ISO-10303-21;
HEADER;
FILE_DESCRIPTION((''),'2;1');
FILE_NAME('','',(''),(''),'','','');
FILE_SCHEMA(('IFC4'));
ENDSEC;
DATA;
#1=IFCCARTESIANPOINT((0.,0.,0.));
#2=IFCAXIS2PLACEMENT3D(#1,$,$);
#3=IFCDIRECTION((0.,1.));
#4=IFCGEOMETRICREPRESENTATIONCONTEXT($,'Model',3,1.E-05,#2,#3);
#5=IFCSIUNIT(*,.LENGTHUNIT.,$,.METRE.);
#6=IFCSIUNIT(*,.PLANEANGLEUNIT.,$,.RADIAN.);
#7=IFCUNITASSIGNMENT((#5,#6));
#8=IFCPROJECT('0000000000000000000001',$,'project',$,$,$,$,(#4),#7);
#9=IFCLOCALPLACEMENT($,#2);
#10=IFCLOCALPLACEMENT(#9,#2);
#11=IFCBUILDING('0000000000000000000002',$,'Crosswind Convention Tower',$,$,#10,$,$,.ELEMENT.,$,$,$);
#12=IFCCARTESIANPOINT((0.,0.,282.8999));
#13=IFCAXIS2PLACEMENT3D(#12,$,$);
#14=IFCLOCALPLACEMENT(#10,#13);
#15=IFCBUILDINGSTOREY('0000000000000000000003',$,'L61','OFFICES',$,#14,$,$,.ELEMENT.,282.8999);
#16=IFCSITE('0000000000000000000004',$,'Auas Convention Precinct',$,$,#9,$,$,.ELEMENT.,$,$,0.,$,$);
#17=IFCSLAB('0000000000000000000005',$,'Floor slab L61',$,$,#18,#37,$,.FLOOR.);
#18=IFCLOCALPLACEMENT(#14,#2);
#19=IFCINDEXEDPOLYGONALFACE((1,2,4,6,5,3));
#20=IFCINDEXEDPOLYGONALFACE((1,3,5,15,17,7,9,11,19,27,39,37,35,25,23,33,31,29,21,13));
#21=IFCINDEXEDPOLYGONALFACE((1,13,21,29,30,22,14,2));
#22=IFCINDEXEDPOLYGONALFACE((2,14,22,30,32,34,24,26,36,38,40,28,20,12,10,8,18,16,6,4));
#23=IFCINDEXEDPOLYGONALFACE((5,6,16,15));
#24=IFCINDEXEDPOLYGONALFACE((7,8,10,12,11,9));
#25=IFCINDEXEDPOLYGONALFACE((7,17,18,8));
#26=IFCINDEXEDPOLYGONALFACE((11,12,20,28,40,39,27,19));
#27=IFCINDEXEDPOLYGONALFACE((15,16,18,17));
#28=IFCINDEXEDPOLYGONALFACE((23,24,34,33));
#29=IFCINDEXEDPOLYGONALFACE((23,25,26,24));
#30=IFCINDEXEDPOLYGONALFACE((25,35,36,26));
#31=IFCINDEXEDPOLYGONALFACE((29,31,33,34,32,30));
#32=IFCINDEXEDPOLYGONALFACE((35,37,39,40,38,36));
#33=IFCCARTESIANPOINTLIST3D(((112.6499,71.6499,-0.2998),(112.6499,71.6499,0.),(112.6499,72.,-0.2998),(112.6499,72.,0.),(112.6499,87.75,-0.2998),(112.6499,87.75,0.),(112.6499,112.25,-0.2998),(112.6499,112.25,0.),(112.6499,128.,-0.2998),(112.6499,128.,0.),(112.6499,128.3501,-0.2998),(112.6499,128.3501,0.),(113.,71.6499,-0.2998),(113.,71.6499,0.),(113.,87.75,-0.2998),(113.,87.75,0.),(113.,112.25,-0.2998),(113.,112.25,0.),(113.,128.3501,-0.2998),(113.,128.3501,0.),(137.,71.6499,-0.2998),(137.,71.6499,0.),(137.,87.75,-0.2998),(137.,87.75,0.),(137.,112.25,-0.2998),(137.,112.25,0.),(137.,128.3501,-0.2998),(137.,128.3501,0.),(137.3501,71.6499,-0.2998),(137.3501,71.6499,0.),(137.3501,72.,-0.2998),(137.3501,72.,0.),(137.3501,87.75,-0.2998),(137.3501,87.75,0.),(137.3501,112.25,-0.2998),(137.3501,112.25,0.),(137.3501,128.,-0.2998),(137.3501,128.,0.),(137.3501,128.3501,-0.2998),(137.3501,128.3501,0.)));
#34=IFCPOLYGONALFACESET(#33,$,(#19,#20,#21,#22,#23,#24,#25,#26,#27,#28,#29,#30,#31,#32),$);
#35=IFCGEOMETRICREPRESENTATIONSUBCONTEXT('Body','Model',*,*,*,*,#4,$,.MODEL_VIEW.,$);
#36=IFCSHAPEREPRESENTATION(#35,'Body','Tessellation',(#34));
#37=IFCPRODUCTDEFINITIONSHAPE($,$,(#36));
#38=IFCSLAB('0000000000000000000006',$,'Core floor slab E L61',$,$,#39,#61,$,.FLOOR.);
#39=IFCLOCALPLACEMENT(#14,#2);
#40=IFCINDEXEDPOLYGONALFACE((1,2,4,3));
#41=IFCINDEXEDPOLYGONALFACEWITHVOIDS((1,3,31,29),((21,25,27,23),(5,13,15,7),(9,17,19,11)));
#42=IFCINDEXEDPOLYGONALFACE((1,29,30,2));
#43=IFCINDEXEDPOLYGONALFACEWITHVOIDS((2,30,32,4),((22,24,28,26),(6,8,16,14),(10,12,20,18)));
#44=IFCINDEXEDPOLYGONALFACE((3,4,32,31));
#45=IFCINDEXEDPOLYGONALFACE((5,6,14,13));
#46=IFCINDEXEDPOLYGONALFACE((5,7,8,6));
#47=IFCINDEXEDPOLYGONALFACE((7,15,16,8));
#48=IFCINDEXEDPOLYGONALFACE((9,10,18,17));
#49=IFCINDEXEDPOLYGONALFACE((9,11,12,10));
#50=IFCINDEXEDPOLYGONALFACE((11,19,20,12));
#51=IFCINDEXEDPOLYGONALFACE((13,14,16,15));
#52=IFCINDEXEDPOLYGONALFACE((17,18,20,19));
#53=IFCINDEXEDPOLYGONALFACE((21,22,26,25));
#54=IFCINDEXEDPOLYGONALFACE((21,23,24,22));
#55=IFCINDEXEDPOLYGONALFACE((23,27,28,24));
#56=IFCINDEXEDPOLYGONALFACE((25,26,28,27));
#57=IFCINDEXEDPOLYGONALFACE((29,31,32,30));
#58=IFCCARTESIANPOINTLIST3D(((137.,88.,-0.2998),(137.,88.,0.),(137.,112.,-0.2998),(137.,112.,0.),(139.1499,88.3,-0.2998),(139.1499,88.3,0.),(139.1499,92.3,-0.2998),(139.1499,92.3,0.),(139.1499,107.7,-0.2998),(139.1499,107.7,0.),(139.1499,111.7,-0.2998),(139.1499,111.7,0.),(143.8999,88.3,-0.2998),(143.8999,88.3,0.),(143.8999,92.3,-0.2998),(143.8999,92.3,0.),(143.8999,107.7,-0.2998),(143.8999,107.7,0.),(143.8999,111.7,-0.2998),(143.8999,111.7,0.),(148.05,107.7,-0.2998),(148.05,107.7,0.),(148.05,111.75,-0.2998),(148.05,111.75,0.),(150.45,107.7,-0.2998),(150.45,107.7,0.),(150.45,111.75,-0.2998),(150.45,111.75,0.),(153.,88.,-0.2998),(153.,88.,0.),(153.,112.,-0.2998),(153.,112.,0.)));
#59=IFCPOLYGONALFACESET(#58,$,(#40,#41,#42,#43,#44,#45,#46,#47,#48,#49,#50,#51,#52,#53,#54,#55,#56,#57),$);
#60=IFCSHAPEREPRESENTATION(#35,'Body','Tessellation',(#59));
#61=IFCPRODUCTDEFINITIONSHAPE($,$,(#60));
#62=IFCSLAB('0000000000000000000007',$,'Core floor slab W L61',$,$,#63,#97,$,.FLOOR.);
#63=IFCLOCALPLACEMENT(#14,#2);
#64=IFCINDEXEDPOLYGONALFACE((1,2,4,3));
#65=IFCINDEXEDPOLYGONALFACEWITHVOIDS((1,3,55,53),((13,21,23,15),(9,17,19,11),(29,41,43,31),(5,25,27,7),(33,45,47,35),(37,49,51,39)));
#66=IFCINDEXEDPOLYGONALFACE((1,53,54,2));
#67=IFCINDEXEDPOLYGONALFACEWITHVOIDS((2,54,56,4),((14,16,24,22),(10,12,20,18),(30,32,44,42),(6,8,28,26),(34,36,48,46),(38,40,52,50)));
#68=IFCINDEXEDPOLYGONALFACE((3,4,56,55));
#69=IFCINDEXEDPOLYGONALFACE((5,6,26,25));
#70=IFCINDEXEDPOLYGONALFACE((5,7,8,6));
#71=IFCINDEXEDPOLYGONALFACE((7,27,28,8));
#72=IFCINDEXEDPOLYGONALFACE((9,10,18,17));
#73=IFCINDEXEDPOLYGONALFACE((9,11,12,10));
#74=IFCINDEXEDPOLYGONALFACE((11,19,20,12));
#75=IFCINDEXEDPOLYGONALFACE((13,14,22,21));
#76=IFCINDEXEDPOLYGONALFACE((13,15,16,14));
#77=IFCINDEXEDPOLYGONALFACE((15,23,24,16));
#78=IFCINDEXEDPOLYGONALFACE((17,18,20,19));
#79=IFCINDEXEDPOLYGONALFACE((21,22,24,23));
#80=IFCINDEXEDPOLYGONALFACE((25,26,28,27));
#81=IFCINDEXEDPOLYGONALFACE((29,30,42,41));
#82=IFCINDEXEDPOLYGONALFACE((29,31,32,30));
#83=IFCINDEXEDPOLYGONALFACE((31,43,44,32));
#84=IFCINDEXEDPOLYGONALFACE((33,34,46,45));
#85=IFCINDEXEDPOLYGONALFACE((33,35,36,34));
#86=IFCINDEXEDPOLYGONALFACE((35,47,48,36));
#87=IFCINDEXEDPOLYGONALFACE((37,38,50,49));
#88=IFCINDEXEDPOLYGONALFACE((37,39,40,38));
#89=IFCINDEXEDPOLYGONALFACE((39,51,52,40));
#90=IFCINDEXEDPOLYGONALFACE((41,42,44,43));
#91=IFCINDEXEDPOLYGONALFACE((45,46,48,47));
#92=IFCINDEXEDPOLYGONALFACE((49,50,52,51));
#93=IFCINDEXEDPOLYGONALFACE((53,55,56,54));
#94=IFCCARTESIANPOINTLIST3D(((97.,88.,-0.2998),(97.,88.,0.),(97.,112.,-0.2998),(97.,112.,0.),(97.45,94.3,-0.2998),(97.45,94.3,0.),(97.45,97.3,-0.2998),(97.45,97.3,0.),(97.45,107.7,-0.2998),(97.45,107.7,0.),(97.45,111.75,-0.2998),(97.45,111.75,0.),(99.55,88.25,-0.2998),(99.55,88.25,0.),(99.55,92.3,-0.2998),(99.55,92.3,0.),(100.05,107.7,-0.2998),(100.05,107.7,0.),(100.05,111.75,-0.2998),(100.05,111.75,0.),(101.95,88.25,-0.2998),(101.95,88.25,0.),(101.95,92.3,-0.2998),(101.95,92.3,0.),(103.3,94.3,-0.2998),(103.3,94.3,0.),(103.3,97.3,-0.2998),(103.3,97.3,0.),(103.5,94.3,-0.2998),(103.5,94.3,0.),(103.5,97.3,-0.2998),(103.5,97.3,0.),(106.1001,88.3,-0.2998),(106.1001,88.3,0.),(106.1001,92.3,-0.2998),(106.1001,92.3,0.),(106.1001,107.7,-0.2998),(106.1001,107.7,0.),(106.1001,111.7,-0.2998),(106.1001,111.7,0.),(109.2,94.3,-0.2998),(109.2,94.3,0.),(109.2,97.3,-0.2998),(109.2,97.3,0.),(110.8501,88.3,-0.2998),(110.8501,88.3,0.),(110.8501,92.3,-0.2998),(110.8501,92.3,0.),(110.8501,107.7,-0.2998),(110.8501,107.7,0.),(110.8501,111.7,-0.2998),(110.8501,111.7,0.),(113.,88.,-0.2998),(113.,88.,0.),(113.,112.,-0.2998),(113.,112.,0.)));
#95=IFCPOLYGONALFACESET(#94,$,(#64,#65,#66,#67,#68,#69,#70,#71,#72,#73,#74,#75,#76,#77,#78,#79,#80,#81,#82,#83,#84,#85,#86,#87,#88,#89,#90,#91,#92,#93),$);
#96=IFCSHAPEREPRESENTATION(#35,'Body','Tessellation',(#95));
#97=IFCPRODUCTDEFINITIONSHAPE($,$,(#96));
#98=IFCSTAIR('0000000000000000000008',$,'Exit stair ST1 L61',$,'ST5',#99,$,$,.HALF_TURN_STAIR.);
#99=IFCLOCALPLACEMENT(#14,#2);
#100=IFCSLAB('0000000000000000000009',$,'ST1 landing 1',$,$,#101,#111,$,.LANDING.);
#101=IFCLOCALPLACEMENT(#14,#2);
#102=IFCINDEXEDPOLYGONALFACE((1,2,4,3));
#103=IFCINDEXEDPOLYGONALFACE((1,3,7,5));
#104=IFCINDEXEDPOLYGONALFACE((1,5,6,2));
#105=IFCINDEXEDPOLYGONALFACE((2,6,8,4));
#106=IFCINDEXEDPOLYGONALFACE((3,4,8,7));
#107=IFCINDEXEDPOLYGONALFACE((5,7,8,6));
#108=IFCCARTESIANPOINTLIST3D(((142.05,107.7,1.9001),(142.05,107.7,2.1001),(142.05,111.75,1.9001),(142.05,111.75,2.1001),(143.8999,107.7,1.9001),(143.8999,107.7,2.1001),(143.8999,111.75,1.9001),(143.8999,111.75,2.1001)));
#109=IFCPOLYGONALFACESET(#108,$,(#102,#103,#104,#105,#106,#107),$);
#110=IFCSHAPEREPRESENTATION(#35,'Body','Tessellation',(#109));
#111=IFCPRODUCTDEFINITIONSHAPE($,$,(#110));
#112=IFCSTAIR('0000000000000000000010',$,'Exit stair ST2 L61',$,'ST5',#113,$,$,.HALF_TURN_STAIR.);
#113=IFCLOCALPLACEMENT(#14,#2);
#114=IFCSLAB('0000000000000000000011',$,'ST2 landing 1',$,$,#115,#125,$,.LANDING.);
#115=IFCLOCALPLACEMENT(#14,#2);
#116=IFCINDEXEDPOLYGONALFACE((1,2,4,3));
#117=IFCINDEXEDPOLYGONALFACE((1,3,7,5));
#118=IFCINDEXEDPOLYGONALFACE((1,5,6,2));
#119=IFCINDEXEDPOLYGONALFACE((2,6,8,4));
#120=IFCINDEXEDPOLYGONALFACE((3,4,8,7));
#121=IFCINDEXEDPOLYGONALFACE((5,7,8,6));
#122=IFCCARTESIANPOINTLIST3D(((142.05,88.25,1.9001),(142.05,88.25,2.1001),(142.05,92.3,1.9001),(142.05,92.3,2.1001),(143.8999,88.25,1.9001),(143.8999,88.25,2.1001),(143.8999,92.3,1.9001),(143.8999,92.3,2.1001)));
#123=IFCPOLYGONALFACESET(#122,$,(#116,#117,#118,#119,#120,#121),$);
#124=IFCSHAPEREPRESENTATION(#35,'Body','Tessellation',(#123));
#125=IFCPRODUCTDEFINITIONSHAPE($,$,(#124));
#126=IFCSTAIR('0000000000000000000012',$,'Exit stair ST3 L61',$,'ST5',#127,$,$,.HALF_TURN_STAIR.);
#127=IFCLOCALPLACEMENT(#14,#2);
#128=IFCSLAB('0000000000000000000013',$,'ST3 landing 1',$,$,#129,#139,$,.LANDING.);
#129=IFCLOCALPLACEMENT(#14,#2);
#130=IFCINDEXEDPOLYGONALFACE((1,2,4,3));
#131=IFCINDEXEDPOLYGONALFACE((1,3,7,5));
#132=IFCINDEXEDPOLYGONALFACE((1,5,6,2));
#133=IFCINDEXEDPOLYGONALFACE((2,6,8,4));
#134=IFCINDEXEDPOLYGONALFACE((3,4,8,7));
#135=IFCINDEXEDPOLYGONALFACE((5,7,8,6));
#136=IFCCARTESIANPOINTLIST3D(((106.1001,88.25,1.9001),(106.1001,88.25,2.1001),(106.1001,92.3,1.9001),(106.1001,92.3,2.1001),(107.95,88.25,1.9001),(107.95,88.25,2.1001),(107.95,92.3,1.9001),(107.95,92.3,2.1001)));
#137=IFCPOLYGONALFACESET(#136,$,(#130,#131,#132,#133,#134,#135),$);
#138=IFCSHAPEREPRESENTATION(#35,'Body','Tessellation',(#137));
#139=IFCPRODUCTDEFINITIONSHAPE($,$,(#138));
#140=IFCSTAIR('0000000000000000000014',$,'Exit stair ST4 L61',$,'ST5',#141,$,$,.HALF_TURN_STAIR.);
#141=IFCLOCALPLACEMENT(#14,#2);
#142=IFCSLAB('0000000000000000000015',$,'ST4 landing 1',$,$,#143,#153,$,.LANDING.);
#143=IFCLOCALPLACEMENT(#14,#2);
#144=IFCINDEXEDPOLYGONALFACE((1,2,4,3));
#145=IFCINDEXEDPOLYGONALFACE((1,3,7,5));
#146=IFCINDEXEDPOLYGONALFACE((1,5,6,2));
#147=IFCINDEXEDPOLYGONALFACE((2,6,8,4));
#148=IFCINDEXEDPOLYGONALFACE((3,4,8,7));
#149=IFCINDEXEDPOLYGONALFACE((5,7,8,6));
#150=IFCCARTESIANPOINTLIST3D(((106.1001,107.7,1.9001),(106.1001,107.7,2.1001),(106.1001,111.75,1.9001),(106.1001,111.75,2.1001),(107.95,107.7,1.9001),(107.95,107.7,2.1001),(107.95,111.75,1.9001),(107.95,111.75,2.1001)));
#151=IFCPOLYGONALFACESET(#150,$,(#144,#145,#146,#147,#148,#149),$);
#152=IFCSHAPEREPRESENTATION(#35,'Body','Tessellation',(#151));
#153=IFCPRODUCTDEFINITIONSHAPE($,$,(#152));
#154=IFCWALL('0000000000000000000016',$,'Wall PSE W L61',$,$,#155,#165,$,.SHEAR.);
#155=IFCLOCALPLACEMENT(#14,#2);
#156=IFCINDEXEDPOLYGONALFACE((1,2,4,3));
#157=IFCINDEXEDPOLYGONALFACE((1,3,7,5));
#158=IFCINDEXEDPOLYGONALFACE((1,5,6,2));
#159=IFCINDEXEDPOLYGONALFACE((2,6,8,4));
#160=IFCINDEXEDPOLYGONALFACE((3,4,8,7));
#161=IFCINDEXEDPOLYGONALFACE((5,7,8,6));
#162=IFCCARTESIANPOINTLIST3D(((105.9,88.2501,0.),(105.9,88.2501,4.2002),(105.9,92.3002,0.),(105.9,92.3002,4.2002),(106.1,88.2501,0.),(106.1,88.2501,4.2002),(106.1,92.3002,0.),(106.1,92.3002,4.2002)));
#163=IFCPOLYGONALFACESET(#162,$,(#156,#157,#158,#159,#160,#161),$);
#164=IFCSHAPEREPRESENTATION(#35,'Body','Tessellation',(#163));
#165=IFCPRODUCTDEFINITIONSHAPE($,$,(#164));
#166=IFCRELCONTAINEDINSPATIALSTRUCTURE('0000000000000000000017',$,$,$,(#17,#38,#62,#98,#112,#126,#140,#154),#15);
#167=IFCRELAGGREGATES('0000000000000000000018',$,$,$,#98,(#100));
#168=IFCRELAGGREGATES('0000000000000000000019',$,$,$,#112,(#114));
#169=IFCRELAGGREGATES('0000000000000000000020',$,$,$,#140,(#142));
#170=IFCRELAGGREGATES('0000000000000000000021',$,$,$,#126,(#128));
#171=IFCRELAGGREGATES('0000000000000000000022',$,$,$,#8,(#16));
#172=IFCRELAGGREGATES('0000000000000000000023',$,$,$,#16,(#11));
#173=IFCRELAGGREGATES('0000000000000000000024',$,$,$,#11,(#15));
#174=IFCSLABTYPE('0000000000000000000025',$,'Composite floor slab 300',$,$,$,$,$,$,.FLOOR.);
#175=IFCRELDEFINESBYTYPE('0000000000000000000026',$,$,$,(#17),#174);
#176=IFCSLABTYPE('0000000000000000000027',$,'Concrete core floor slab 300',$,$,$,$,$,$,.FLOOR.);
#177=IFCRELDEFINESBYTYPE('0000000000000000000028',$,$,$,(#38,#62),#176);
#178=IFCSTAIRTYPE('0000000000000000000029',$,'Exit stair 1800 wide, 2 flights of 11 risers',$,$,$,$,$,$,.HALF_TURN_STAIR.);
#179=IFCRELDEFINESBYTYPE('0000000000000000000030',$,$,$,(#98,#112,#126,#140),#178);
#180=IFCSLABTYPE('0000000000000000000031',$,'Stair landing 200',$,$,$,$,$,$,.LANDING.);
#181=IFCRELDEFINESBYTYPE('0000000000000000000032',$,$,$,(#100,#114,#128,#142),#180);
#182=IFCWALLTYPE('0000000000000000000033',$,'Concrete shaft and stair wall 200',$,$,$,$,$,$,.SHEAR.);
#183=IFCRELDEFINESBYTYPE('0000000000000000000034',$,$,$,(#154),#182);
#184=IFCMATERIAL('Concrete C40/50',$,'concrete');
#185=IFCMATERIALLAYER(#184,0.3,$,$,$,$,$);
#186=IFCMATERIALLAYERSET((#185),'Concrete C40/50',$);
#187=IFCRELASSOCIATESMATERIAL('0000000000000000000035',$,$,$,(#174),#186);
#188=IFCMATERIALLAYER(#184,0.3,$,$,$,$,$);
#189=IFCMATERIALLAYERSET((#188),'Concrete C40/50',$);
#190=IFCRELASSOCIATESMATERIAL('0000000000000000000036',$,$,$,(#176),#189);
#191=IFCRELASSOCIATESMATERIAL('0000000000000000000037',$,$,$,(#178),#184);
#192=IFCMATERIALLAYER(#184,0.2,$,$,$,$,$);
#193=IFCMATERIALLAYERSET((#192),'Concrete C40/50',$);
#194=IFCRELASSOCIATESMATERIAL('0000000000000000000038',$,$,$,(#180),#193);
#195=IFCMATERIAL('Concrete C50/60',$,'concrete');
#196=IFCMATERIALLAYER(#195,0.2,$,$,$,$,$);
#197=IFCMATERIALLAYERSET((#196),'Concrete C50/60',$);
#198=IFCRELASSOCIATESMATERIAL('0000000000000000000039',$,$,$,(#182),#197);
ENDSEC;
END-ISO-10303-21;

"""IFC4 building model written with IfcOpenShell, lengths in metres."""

from ifc_helpers import new_model, si_unit, direction, frame, frame_2d, origin, place, context, subcontext, project, spatial, polyline, rectangle, outline, extrude, material, layer, layer_set, type_object, element, aggregate, save


model = new_model("IFC4")

# Units and contexts
model_context = context("Model", 3, precision=1e-05, world=origin(), true_north=direction((0.0, 1.0)))
body_context = subcontext(model_context, "Body", "Model", "MODEL_VIEW")
ifc_project = project(units=[si_unit("LENGTHUNIT", "METRE"), si_unit("PLANEANGLEUNIT", "RADIAN")], contexts=[model_context])

# Site, building, storey
site_placement = place(None, origin())
site = spatial("IfcSite", under=ifc_project, at=site_placement, Name="Auas Convention Precinct", CompositionType="ELEMENT", RefElevation=0.0)
building_placement = place(site_placement, origin())
building = spatial("IfcBuilding", under=site, at=building_placement, Name="Crosswind Convention Tower", CompositionType="ELEMENT")
storey_placement = place(building_placement, frame((0.0, 0.0, 282.8999)))
storey = spatial("IfcBuildingStorey", under=building, at=storey_placement, Name="L61", Description="OFFICES", CompositionType="ELEMENT", Elevation=282.8999)

# Slabs
ifc_material_1 = material(Name="Concrete C40/50", Category="concrete")
ifc_layer_1 = layer(ifc_material_1, 0.3)
ifc_layer_set_1 = layer_set([ifc_layer_1], Name="Concrete C40/50")
slab_type_1 = type_object("IfcSlabType", Name="Composite floor slab 300", PredefinedType="FLOOR", material=ifc_layer_set_1)
slab_1_placement = place(storey_placement, frame((0.0, 0.0, -0.2998)))
element("IfcSlab", 1, at=slab_1_placement, inside=storey, type_object=slab_type_1, Name="Floor slab L61", PredefinedType="FLOOR", context=body_context, shape_type="SweptSolid", body=[
    extrude(outline(polyline([(137.3501, 71.6499), (137.0, 71.6499), (113.0, 71.6499), (112.6499, 71.6499), (112.6499, 72.0), (112.6499, 87.75), (113.0, 87.75), (113.0, 112.25), (112.6499, 112.25), (112.6499, 128.0), (112.6499, 128.3501), (113.0, 128.3501), (137.0, 128.3501), (137.3501, 128.3501), (137.3501, 128.0), (137.3501, 112.25), (137.0, 112.25), (137.0, 87.75), (137.3501, 87.75), (137.3501, 72.0), (137.3501, 71.6499)])), origin(), (0.0, 0.0, 1.0), 0.2998),
])
ifc_layer_2 = layer(ifc_material_1, 0.3)
ifc_layer_set_2 = layer_set([ifc_layer_2], Name="Concrete C40/50")
slab_type_2 = type_object("IfcSlabType", Name="Concrete core floor slab 300", PredefinedType="FLOOR", material=ifc_layer_set_2)
slab_2_placement = place(storey_placement, frame((0.0, 0.0, -0.2998)))
element("IfcSlab", 2, at=slab_2_placement, inside=storey, type_object=slab_type_2, Name="Core floor slab E L61", PredefinedType="FLOOR", context=body_context, shape_type="SweptSolid", body=[
    extrude(outline(polyline([(137.0, 88.0), (153.0, 88.0), (153.0, 112.0), (137.0, 112.0), (137.0, 88.0)]), holes=[polyline([(150.45, 107.7), (150.45, 111.75), (148.05, 111.75), (148.05, 107.7), (150.45, 107.7)]), polyline([(143.8999, 107.7), (143.8999, 111.7), (139.1499, 111.7), (139.1499, 107.7), (143.8999, 107.7)]), polyline([(143.8999, 88.3), (143.8999, 92.3), (139.1499, 92.3), (139.1499, 88.3), (143.8999, 88.3)])]), origin(), (0.0, 0.0, 1.0), 0.2998),
])
slab_3_placement = place(storey_placement, frame((0.0, 0.0, -0.2998)))
element("IfcSlab", 3, at=slab_3_placement, inside=storey, type_object=slab_type_2, Name="Core floor slab W L61", PredefinedType="FLOOR", context=body_context, shape_type="SweptSolid", body=[
    extrude(outline(polyline([(97.0, 88.0), (113.0, 88.0), (113.0, 112.0), (97.0, 112.0), (97.0, 88.0)]), holes=[polyline([(109.2, 94.3), (109.2, 97.3), (103.5, 97.3), (103.5, 94.3), (109.2, 94.3)]), polyline([(103.3, 94.3), (103.3, 97.3), (97.45, 97.3), (97.45, 94.3), (103.3, 94.3)]), polyline([(101.95, 88.25), (101.95, 92.3), (99.55, 92.3), (99.55, 88.25), (101.95, 88.25)]), polyline([(100.05, 107.7), (100.05, 111.75), (97.45, 111.75), (97.45, 107.7), (100.05, 107.7)]), polyline([(110.8501, 88.3), (110.8501, 92.3), (106.1001, 92.3), (106.1001, 88.3), (110.8501, 88.3)]), polyline([(110.8501, 107.7), (110.8501, 111.7), (106.1001, 111.7), (106.1001, 107.7), (110.8501, 107.7)])]), origin(), (0.0, 0.0, 1.0), 0.2998),
])

# Stairs, slabs
stair_type = type_object("IfcStairType", Name="Exit stair 1800 wide, 2 flights of 11 risers", PredefinedType="HALF_TURN_STAIR", material=ifc_material_1)
stair_1_placement = place(storey_placement, origin())
stair_1 = element("IfcStair", 4, at=stair_1_placement, inside=storey, type_object=stair_type, Name="Exit stair ST1 L61", ObjectType="ST5", PredefinedType="HALF_TURN_STAIR")
ifc_layer_3 = layer(ifc_material_1, 0.2)
ifc_layer_set_3 = layer_set([ifc_layer_3], Name="Concrete C40/50")
slab_type_3 = type_object("IfcSlabType", Name="Stair landing 200", PredefinedType="LANDING", material=ifc_layer_set_3)
slab_4_placement = place(storey_placement, frame((0.0, 0.0, 1.9001)))
slab_4 = element("IfcSlab", 5, at=slab_4_placement, type_object=slab_type_3, Name="ST1 landing 1", PredefinedType="LANDING", context=body_context, shape_type="SweptSolid", body=[
    extrude(outline(polyline([(143.8999, 107.7), (143.8999, 111.75), (142.05, 111.75), (142.05, 107.7), (143.8999, 107.7)])), origin(), (0.0, 0.0, 1.0), 0.2),
])
aggregate(stair_1, [slab_4])
stair_2_placement = place(storey_placement, origin())
stair_2 = element("IfcStair", 6, at=stair_2_placement, inside=storey, type_object=stair_type, Name="Exit stair ST2 L61", ObjectType="ST5", PredefinedType="HALF_TURN_STAIR")
slab_5_placement = place(storey_placement, frame((0.0, 0.0, 1.9001)))
slab_5 = element("IfcSlab", 7, at=slab_5_placement, type_object=slab_type_3, Name="ST2 landing 1", PredefinedType="LANDING", context=body_context, shape_type="SweptSolid", body=[
    extrude(outline(polyline([(143.8999, 88.25), (143.8999, 92.3), (142.05, 92.3), (142.05, 88.25), (143.8999, 88.25)])), origin(), (0.0, 0.0, 1.0), 0.2),
])
aggregate(stair_2, [slab_5])
stair_3_placement = place(storey_placement, origin())
stair_3 = element("IfcStair", 8, at=stair_3_placement, inside=storey, type_object=stair_type, Name="Exit stair ST3 L61", ObjectType="ST5", PredefinedType="HALF_TURN_STAIR")
slab_6_placement = place(storey_placement, frame((0.0, 0.0, 1.9001)))
slab_6 = element("IfcSlab", 9, at=slab_6_placement, type_object=slab_type_3, Name="ST3 landing 1", PredefinedType="LANDING", context=body_context, shape_type="SweptSolid", body=[
    extrude(outline(polyline([(107.95, 88.25), (107.95, 92.3), (106.1001, 92.3), (106.1001, 88.25), (107.95, 88.25)])), origin(), (0.0, 0.0, 1.0), 0.2),
])
stair_4_placement = place(storey_placement, origin())
stair_4 = element("IfcStair", 10, at=stair_4_placement, inside=storey, type_object=stair_type, Name="Exit stair ST4 L61", ObjectType="ST5", PredefinedType="HALF_TURN_STAIR")
slab_7_placement = place(storey_placement, frame((0.0, 0.0, 1.9001)))
slab_7 = element("IfcSlab", 11, at=slab_7_placement, type_object=slab_type_3, Name="ST4 landing 1", PredefinedType="LANDING", context=body_context, shape_type="SweptSolid", body=[
    extrude(outline(polyline([(107.95, 107.7), (107.95, 111.75), (106.1001, 111.75), (106.1001, 107.7), (107.95, 107.7)])), origin(), (0.0, 0.0, 1.0), 0.2),
])
aggregate(stair_4, [slab_7])

# Wall
ifc_material_2 = material(Name="Concrete C50/60", Category="concrete")
ifc_layer_4 = layer(ifc_material_2, 0.2)
ifc_layer_set_4 = layer_set([ifc_layer_4], Name="Concrete C50/60")
wall_type_1 = type_object("IfcWallType", Name="Concrete shaft and stair wall 200", PredefinedType="SHEAR", material=ifc_layer_set_4)
wall_1_placement = place(storey_placement, frame((106.0, 92.3, 0.0), z_axis=(0.0, 0.0, 1.0), x_axis=(0.0, -1.0, 0.0)))
element("IfcWall", 12, at=wall_1_placement, inside=storey, type_object=wall_type_1, Name="Wall PSE W L61", PredefinedType="SHEAR", context=body_context, shape_type="SweptSolid", body=[
    extrude(rectangle(XDim=4.05, YDim=0.2, at=frame_2d((2.0249, 0.0))), origin(), (0.0, 0.0, 1.0), 4.2002),
])

aggregate(stair_3, [slab_6])

save(model, "model.ifc")
